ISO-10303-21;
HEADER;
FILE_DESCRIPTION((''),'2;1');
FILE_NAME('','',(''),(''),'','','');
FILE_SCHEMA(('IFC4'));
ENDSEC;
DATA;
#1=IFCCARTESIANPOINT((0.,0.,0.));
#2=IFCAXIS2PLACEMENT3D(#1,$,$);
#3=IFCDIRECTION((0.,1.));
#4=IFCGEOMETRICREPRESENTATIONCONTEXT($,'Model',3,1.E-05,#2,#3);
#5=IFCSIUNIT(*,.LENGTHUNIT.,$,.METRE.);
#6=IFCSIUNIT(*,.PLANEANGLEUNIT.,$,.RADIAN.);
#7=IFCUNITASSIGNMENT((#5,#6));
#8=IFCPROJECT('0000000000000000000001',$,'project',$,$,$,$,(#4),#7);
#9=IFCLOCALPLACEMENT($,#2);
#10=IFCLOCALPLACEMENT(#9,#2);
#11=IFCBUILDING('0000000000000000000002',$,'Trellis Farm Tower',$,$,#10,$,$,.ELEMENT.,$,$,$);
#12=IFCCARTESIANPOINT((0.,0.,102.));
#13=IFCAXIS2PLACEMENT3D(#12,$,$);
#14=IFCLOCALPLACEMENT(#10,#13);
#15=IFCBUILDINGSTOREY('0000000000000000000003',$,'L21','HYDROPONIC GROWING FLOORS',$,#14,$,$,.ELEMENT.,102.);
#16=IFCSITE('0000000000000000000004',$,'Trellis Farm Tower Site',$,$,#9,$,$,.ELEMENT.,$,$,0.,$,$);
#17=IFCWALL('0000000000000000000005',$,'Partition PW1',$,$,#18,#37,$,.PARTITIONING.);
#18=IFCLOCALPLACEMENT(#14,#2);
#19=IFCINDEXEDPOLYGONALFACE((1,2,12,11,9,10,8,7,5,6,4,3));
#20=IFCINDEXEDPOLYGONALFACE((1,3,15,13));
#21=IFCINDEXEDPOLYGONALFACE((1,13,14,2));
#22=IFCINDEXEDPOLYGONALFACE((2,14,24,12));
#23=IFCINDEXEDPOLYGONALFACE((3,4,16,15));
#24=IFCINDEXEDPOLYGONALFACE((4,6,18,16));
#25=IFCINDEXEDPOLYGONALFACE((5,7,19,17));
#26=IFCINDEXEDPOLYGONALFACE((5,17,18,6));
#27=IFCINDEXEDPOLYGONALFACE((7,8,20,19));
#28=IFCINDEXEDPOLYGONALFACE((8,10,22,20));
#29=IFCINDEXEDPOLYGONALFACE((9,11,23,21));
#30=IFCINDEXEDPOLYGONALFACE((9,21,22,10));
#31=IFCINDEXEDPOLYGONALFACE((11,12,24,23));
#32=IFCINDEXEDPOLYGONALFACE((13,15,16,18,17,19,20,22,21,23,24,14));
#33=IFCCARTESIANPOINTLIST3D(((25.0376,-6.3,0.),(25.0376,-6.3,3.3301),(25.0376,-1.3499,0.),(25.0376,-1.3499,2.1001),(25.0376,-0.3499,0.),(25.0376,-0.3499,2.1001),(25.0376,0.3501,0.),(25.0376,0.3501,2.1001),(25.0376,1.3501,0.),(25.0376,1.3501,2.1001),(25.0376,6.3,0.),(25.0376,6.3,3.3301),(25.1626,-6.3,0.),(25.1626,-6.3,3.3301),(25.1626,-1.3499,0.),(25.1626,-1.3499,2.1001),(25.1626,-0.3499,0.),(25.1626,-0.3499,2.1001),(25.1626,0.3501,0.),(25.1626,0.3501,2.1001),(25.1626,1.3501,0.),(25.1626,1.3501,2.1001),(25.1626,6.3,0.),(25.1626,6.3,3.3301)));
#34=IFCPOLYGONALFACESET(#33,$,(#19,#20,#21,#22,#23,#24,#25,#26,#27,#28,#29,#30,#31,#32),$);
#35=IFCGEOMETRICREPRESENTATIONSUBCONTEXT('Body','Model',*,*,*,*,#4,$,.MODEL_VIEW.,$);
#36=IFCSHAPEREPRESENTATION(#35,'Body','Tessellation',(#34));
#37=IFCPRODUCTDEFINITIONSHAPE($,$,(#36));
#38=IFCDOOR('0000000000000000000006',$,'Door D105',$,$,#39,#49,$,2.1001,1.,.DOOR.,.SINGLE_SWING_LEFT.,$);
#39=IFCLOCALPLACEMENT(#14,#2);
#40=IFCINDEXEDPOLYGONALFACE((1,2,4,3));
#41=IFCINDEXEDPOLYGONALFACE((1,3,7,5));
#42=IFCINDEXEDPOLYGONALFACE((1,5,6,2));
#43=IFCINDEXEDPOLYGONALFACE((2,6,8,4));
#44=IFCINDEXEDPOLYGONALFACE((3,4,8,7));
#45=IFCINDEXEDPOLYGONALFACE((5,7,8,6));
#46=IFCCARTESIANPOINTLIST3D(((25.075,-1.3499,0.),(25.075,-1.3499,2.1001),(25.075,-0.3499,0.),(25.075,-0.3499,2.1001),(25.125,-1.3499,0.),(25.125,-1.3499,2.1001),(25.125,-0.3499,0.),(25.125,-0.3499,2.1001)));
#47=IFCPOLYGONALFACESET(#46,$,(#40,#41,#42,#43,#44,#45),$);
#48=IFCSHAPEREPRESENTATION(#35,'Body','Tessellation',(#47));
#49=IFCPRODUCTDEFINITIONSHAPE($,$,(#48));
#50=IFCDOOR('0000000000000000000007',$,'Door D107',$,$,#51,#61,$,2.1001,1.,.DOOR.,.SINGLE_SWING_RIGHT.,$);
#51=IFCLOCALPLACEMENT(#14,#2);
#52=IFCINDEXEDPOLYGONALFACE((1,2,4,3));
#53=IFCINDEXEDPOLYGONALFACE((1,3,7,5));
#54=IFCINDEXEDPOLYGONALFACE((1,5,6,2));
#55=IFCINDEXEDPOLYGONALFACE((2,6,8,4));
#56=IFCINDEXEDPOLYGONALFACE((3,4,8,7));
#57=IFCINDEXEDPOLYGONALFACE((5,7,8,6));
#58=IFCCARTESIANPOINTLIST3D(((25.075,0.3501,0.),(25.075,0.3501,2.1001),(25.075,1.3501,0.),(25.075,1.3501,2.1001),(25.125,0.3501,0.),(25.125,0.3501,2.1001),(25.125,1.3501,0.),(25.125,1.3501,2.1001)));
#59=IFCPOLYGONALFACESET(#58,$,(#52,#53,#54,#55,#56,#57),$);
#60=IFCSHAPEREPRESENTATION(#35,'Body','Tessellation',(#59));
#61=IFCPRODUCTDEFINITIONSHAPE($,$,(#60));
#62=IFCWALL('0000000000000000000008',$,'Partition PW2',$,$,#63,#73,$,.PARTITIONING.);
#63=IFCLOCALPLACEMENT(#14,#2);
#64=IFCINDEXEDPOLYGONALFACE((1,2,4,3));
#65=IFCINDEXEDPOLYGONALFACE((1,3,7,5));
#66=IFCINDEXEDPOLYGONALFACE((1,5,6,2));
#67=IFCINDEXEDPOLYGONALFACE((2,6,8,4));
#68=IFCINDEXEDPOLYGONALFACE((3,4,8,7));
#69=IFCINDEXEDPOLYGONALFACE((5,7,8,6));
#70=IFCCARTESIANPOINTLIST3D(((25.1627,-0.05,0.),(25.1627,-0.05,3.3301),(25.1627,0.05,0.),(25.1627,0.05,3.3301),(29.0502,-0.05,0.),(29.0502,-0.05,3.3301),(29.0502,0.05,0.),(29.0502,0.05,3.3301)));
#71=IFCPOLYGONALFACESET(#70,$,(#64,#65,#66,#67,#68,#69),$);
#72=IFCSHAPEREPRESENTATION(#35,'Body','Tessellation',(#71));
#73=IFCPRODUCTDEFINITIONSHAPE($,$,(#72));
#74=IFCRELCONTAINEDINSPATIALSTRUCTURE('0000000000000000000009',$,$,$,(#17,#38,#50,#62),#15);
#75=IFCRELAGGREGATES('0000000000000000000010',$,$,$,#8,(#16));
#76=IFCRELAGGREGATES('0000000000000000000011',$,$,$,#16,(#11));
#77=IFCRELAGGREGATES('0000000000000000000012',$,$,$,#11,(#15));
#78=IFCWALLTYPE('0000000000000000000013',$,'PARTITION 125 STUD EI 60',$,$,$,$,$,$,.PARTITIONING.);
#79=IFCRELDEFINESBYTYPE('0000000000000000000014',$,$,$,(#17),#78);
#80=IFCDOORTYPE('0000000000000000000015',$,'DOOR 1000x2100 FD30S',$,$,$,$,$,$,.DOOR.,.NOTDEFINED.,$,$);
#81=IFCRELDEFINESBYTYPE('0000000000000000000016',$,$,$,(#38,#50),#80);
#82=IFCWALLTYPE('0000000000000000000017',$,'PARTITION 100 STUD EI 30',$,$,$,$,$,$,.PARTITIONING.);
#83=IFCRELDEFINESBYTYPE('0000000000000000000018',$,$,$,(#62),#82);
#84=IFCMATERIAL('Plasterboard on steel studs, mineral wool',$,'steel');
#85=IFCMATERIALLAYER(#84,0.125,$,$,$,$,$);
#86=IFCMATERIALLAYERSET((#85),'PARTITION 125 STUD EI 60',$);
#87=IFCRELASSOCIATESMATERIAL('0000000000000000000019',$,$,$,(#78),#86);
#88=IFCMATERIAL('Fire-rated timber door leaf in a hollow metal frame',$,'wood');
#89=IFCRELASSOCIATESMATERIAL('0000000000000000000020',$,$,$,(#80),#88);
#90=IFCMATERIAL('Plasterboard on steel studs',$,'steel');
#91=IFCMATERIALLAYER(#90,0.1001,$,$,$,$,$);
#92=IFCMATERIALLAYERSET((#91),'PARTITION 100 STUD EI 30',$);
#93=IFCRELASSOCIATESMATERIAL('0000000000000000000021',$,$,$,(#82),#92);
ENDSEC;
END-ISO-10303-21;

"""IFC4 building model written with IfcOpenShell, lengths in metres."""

from ifc_helpers import new_model, si_unit, direction, frame, frame_2d, origin, place, context, subcontext, project, spatial, rectangle, extrude, source, transform, mapped, material, layer, layer_set, type_object, element, fill, save


model = new_model("IFC4")

# Units and contexts
model_context = context("Model", 3, precision=1e-05, world=origin(), true_north=direction((0.0, 1.0)))
body_context = subcontext(model_context, "Body", "Model", "MODEL_VIEW")
ifc_project = project(units=[si_unit("LENGTHUNIT", "METRE"), si_unit("PLANEANGLEUNIT", "RADIAN")], contexts=[model_context])

# Site, building, storey
site_placement = place(None, origin())
site = spatial("IfcSite", under=ifc_project, at=site_placement, Name="Trellis Farm Tower Site", CompositionType="ELEMENT", RefElevation=0.0)
building_placement = place(site_placement, origin())
building = spatial("IfcBuilding", under=site, at=building_placement, Name="Trellis Farm Tower", CompositionType="ELEMENT")
storey_placement = place(building_placement, frame((0.0, 0.0, 102.0)))
storey = spatial("IfcBuildingStorey", under=building, at=storey_placement, Name="L21", Description="HYDROPONIC GROWING FLOORS", CompositionType="ELEMENT", Elevation=102.0)

# Wall, openings, doors
ifc_material_1 = material(Name="Plasterboard on steel studs, mineral wool", Category="steel")
ifc_layer_1 = layer(ifc_material_1, 0.125)
ifc_layer_set_1 = layer_set([ifc_layer_1], Name="PARTITION 125 STUD EI 60")
wall_type_1 = type_object("IfcWallType", Name="PARTITION 125 STUD EI 60", PredefinedType="PARTITIONING", material=ifc_layer_set_1)
shared_shape_1 = source(origin(), body_context, "Body", "SweptSolid", [
    extrude(rectangle(XDim=12.6001, YDim=0.125, at=frame_2d((6.3, 0.0))), origin(), (0.0, 0.0, 1.0), 3.3301),
])
wall_1_placement = place(storey_placement, frame((25.1001, 6.3, 0.0), z_axis=(0.0, 0.0, 1.0), x_axis=(0.0, -1.0, 0.0)))
wall_1 = element("IfcWall", 1, at=wall_1_placement, inside=storey, type_object=wall_type_1, Name="Partition PW1", PredefinedType="PARTITIONING", context=body_context, shape_type="MappedRepresentation", body=[
    mapped(shared_shape_1, transform((0.0, 0.0, 0.0))),
])
shared_shape_2 = source(origin(), body_context, "Body", "SweptSolid", [
    extrude(rectangle(XDim=1.0, YDim=2.1001, at=frame_2d((0.5, 1.05))), frame((0.0, 0.0725, 0.0), z_axis=(0.0, -1.0, 0.0), x_axis=(1.0, 0.0, 0.0)), (0.0, 0.0, 1.0), 0.145),
])
opening_1_placement = place(wall_1_placement, frame((6.6499, 0.0, 0.0)))
opening_1 = element("IfcOpeningElement", 2, at=opening_1_placement, cuts=wall_1, PredefinedType="OPENING", context=body_context, shape_type="MappedRepresentation", body=[
    mapped(shared_shape_2, transform((0.0, 0.0, 0.0))),
])
opening_2_placement = place(wall_1_placement, frame((4.95, 0.0, 0.0)))
opening_2 = element("IfcOpeningElement", 3, at=opening_2_placement, cuts=wall_1, PredefinedType="OPENING", context=body_context, shape_type="MappedRepresentation", body=[
    mapped(shared_shape_2, transform((0.0, 0.0, 0.0))),
])
ifc_material_2 = material(Name="Fire-rated timber door leaf in a hollow metal frame", Category="wood")
door_type_1 = type_object("IfcDoorType", Name="DOOR 1000x2100 FD30S", OperationType="NOTDEFINED", PredefinedType="DOOR", material=ifc_material_2)
shared_shape_3 = source(origin(), body_context, "Body", "SweptSolid", [
    extrude(rectangle(XDim=1.0, YDim=2.1001, at=frame_2d((0.5, 1.05))), frame((0.0, 0.0249, 0.0), z_axis=(0.0, -1.0, 0.0), x_axis=(1.0, 0.0, 0.0)), (0.0, 0.0, 1.0), 0.05),
])
door_1_placement = place(opening_1_placement, origin())
door_1 = element("IfcDoor", 4, at=door_1_placement, inside=storey, type_object=door_type_1, Name="Door D105", OperationType="SINGLE_SWING_LEFT", OverallHeight=2.1001, OverallWidth=1.0, PredefinedType="DOOR", context=body_context, shape_type="MappedRepresentation", body=[
    mapped(shared_shape_3, transform((0.0, 0.0, 0.0))),
])
fill(opening_1, door_1)
door_2_placement = place(opening_2_placement, origin())
door_2 = element("IfcDoor", 5, at=door_2_placement, inside=storey, type_object=door_type_1, Name="Door D107", OperationType="SINGLE_SWING_RIGHT", OverallHeight=2.1001, OverallWidth=1.0, PredefinedType="DOOR", context=body_context, shape_type="MappedRepresentation", body=[
    mapped(shared_shape_3, transform((0.0, 0.0, 0.0))),
])
fill(opening_2, door_2)

# Wall
ifc_material_3 = material(Name="Plasterboard on steel studs", Category="steel")
ifc_layer_2 = layer(ifc_material_3, 0.1001)
ifc_layer_set_2 = layer_set([ifc_layer_2], Name="PARTITION 100 STUD EI 30")
wall_type_2 = type_object("IfcWallType", Name="PARTITION 100 STUD EI 30", PredefinedType="PARTITIONING", material=ifc_layer_set_2)
shared_shape_4 = source(origin(), body_context, "Body", "SweptSolid", [
    extrude(rectangle(XDim=3.8875, YDim=0.1001, at=frame_2d((1.9438, 0.0))), origin(), (0.0, 0.0, 1.0), 3.3301),
])
wall_2_placement = place(storey_placement, frame((25.1626, 0.0, 0.0), z_axis=(0.0, 0.0, 1.0), x_axis=(1.0, 0.0, 0.0)))
element("IfcWall", 6, at=wall_2_placement, inside=storey, type_object=wall_type_2, Name="Partition PW2", PredefinedType="PARTITIONING", context=body_context, shape_type="MappedRepresentation", body=[
    mapped(shared_shape_4, transform((0.0, 0.0, 0.0))),
])

save(model, "model.ifc")
